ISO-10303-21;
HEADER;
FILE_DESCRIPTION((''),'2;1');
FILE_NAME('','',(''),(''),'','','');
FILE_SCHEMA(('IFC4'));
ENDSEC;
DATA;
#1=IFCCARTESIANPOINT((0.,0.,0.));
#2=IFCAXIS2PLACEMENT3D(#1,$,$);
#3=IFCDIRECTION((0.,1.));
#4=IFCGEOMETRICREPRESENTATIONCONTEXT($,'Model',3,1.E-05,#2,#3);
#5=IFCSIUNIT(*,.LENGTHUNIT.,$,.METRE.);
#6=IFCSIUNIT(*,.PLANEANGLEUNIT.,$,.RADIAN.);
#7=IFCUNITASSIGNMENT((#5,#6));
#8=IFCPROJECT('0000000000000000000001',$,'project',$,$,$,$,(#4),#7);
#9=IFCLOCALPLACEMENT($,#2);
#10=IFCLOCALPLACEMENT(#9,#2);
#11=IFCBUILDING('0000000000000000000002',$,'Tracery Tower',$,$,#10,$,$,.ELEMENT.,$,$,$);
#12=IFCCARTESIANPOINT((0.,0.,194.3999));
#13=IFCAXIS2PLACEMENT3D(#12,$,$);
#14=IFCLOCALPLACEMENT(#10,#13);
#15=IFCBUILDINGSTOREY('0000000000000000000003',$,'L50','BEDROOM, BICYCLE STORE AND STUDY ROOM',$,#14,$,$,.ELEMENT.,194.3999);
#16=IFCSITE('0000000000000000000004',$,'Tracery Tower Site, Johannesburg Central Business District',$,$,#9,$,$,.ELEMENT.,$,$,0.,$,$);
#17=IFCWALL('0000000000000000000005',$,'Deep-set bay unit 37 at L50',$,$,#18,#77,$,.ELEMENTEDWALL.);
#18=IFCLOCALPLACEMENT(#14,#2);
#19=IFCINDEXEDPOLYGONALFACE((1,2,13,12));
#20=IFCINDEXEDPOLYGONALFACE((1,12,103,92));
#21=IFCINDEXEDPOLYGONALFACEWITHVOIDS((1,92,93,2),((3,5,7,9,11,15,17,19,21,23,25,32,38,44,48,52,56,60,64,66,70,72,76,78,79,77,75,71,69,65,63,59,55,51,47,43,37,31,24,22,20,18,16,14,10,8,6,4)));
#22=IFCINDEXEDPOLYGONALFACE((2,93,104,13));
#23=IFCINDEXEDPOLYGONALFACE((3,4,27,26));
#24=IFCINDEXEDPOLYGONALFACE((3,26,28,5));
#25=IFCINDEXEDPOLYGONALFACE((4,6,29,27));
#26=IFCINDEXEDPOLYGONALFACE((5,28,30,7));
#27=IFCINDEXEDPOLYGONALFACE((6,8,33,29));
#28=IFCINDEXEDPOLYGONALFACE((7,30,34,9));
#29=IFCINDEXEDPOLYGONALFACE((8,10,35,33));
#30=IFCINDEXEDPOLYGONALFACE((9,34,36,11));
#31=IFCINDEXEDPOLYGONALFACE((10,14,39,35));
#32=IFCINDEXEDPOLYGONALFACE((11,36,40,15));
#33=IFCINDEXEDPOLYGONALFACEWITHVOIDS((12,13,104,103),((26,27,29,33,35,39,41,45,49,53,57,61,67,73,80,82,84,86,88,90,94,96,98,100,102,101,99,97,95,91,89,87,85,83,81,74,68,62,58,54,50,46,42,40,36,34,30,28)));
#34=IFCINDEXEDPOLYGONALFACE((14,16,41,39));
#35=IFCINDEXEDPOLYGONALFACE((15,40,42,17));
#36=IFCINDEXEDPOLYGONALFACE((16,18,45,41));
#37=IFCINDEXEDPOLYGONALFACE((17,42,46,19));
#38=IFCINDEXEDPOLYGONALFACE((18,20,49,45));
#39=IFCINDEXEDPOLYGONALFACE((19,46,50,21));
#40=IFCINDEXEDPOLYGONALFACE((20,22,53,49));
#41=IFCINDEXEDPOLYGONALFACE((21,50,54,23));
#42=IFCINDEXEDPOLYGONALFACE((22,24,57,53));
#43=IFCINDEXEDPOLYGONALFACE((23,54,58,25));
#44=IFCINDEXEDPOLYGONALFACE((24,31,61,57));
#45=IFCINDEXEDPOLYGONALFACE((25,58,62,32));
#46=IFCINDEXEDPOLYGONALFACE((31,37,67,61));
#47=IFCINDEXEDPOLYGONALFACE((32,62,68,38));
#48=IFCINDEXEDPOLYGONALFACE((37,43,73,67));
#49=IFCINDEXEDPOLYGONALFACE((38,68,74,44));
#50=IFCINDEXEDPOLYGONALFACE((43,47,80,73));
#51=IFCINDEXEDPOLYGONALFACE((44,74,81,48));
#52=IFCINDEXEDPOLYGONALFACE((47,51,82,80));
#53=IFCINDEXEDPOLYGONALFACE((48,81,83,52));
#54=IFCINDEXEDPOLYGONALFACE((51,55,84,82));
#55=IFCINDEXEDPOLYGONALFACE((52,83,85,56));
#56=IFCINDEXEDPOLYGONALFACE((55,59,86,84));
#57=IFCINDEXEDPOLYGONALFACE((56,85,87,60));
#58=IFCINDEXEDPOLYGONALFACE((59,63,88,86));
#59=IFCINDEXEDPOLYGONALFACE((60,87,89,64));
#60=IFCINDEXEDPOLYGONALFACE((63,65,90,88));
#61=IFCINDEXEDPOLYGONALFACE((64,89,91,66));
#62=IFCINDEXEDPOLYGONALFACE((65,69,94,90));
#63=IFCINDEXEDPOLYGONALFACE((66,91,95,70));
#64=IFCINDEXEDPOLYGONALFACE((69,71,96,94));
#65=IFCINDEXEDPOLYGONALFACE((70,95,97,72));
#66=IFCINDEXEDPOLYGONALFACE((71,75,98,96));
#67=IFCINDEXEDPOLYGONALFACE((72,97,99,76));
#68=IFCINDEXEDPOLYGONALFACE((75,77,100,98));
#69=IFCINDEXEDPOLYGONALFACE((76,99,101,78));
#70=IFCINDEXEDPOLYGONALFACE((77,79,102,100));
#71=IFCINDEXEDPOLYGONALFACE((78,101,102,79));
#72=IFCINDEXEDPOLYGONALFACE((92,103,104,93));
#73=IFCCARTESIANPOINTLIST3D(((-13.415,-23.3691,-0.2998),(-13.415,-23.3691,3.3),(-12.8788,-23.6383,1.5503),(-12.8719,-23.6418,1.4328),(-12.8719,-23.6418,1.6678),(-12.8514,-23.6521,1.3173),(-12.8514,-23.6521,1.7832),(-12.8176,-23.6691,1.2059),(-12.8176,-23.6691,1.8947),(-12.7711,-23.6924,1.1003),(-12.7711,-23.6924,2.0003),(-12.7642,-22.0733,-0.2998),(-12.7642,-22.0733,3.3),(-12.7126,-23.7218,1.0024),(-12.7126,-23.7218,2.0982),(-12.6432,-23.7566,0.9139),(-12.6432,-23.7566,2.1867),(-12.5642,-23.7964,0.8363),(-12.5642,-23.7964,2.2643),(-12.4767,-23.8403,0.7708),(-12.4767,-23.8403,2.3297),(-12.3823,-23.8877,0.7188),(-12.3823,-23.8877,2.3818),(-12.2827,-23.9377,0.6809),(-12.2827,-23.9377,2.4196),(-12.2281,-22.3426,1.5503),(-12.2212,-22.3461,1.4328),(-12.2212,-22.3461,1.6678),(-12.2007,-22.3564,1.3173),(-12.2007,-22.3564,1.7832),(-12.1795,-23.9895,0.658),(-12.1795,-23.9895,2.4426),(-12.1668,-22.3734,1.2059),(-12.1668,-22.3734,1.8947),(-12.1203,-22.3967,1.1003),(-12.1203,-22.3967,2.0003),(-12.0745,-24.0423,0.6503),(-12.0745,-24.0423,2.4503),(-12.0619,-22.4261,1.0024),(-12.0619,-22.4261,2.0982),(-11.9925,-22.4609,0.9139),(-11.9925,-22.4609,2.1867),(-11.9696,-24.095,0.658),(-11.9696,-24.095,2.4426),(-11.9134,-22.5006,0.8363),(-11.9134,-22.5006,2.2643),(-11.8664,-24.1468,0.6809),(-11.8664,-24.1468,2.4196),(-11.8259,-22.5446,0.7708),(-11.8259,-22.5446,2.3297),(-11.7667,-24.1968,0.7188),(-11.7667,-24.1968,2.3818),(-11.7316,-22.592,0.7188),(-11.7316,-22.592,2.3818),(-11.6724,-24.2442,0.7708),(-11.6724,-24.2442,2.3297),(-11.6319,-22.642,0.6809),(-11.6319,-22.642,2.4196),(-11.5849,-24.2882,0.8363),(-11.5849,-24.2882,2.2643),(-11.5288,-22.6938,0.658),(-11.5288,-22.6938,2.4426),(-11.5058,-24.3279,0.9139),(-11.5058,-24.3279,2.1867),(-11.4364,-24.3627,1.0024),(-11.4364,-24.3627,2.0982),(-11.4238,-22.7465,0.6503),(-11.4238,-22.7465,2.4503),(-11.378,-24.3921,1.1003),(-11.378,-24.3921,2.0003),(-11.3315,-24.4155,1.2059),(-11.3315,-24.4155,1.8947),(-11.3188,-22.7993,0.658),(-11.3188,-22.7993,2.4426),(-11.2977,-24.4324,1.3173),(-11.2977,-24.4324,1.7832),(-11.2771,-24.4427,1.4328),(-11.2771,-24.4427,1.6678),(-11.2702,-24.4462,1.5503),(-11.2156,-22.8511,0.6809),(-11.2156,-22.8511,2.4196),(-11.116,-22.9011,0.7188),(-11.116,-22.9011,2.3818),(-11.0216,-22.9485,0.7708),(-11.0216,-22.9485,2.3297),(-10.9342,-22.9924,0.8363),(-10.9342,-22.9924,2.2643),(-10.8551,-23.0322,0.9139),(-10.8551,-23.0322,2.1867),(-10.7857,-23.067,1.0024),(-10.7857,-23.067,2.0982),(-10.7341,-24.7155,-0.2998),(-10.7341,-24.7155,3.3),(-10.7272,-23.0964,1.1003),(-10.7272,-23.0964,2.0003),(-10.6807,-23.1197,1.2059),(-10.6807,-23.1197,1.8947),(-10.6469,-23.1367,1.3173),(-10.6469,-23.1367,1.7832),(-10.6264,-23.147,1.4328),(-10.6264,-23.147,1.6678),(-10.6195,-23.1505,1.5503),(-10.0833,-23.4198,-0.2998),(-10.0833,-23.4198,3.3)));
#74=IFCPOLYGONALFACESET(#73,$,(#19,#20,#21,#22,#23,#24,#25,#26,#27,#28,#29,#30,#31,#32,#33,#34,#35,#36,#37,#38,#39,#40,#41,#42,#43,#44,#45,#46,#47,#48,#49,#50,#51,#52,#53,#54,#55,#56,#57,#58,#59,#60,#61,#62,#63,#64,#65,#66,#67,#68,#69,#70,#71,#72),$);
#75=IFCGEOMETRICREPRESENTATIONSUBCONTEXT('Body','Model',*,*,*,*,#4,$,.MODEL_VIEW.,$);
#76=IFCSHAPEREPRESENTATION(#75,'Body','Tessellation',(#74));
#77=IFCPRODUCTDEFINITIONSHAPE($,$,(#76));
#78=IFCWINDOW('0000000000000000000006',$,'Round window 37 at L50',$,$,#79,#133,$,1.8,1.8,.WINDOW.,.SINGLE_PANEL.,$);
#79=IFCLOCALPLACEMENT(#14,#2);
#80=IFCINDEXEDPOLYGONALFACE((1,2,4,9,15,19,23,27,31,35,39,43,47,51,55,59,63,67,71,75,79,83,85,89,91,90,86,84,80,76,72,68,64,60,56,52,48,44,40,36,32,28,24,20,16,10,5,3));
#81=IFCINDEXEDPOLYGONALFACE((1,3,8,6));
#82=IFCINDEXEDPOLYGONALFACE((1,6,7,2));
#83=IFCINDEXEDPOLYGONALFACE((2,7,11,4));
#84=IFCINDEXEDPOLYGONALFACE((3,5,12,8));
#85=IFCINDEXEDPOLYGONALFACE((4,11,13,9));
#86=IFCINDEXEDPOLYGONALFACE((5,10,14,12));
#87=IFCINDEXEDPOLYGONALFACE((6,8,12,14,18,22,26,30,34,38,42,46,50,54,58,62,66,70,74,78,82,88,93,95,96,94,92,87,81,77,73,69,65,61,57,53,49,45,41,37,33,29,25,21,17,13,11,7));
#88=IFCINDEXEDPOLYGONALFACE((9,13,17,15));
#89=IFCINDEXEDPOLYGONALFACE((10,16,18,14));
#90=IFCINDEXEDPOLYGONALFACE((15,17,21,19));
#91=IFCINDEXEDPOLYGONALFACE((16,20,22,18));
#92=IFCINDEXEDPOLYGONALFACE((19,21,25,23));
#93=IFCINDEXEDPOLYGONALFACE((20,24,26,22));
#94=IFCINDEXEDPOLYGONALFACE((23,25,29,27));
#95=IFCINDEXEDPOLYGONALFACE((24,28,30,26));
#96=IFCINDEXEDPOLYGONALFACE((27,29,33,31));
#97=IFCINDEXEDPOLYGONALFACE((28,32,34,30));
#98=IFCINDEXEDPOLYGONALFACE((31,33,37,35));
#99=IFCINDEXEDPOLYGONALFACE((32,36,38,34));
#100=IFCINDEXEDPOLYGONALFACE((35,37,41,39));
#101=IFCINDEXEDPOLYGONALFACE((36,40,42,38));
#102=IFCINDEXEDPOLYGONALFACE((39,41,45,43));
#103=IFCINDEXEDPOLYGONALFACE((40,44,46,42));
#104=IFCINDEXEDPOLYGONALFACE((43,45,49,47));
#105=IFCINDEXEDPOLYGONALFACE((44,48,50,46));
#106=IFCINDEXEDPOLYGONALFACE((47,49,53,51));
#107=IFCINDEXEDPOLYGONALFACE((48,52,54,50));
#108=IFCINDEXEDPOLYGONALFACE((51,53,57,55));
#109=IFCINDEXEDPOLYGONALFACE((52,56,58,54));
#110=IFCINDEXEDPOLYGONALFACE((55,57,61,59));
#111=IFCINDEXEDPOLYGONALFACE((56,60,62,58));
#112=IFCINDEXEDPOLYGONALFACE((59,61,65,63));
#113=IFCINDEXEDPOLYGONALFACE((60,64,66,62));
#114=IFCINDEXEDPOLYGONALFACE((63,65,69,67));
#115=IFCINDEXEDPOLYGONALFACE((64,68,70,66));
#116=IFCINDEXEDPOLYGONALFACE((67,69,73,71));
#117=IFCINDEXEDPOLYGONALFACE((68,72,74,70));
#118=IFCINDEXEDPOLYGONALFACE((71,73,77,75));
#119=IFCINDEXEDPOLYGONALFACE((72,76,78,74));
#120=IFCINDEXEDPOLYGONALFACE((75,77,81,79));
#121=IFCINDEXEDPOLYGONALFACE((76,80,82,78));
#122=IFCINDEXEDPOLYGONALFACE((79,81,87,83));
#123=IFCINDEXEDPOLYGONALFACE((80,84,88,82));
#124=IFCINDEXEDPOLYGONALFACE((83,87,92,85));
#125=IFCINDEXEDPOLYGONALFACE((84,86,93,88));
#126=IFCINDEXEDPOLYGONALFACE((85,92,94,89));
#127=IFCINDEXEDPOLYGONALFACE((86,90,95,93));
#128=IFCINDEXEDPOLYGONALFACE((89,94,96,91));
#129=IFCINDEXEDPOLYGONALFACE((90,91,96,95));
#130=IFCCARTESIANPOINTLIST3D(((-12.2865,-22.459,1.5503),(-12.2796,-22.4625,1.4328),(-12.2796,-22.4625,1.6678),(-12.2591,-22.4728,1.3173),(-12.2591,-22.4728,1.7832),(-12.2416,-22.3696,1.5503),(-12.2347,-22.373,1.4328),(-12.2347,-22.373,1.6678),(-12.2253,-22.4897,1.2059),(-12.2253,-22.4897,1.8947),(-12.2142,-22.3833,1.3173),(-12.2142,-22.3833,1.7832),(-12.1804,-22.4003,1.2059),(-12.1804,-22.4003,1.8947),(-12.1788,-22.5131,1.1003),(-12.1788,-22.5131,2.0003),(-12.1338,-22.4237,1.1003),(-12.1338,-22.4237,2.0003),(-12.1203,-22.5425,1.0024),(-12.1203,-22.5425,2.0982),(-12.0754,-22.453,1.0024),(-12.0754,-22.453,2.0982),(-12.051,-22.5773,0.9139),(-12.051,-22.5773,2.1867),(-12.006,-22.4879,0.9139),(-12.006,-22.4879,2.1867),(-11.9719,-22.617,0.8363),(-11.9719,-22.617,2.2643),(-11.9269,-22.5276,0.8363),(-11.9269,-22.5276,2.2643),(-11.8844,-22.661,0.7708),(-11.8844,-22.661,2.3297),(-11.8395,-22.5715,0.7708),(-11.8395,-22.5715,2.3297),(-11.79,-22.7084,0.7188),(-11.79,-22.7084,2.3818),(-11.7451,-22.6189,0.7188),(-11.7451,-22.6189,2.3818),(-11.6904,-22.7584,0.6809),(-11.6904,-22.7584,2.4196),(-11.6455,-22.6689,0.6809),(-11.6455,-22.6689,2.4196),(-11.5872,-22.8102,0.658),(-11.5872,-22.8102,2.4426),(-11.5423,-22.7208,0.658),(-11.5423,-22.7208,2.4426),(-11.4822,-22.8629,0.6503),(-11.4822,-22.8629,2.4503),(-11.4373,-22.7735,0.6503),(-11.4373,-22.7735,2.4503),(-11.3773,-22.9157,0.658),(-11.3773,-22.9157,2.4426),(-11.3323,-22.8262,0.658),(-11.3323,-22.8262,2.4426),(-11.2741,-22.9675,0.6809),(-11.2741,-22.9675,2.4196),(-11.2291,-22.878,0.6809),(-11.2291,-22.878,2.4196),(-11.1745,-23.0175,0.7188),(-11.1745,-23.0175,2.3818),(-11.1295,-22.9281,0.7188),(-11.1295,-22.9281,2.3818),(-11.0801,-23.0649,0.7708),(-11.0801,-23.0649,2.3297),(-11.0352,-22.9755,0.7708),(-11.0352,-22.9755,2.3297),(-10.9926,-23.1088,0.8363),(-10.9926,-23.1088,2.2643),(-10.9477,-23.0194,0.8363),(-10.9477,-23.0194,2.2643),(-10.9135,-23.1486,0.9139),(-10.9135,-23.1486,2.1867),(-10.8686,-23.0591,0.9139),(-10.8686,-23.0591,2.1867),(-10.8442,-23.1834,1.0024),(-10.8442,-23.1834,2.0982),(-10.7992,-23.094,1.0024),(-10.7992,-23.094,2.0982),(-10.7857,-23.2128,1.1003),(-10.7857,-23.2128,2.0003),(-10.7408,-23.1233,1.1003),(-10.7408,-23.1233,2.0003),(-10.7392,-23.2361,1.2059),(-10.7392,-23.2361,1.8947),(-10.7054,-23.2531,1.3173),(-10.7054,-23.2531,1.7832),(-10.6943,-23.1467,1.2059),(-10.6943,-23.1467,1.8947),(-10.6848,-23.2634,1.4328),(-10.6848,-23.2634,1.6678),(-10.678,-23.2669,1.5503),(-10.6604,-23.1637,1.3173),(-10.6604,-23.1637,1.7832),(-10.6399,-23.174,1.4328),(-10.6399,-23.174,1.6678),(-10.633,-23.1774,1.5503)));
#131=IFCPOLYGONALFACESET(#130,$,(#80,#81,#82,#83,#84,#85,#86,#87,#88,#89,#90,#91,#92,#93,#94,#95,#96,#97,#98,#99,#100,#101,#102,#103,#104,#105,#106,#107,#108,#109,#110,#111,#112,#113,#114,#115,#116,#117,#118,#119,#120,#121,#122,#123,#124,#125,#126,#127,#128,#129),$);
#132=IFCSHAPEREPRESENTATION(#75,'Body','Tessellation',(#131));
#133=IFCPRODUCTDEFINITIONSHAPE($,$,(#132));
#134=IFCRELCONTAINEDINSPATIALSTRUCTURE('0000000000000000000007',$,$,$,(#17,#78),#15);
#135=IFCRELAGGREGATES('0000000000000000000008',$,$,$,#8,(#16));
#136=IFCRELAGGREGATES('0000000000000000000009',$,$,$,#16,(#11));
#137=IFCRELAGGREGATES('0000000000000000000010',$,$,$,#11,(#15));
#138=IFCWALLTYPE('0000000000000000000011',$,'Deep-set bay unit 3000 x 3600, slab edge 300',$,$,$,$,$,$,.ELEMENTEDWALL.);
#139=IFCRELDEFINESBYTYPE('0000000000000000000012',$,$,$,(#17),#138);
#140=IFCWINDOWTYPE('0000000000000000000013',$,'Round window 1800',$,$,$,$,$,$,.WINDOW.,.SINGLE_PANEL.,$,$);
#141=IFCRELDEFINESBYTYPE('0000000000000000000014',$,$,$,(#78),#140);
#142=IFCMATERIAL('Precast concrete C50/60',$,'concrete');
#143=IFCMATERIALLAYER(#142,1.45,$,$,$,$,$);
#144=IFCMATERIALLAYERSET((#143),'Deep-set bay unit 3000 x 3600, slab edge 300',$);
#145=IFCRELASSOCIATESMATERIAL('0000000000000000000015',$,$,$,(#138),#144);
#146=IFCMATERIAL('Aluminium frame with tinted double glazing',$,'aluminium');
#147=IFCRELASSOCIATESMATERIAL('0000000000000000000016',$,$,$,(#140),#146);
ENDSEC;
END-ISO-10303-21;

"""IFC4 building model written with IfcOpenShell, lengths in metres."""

from ifc_helpers import new_model, si_unit, direction, frame, frame_2d, origin, origin_2d, place, context, subcontext, project, spatial, rectangle, circle, extrude, material, layer, layer_set, type_object, element, fill, save


model = new_model("IFC4")

# Units and contexts
model_context = context("Model", 3, precision=1e-05, world=origin(), true_north=direction((0.0, 1.0)))
body_context = subcontext(model_context, "Body", "Model", "MODEL_VIEW")
ifc_project = project(units=[si_unit("LENGTHUNIT", "METRE"), si_unit("PLANEANGLEUNIT", "RADIAN")], contexts=[model_context])

# Site, building, storey
site_placement = place(None, origin())
site = spatial("IfcSite", under=ifc_project, at=site_placement, Name="Tracery Tower Site, Johannesburg Central Business District", CompositionType="ELEMENT", RefElevation=0.0)
building_placement = place(site_placement, origin())
building = spatial("IfcBuilding", under=site, at=building_placement, Name="Tracery Tower", CompositionType="ELEMENT")
storey_placement = place(building_placement, frame((0.0, 0.0, 194.3999)))
storey = spatial("IfcBuildingStorey", under=building, at=storey_placement, Name="L50", Description="BEDROOM, BICYCLE STORE AND STUDY ROOM", CompositionType="ELEMENT", Elevation=194.3999)

# Wall, opening, window
ifc_material_1 = material(Name="Precast concrete C50/60", Category="concrete")
ifc_layer_1 = layer(ifc_material_1, 1.45)
ifc_layer_set_1 = layer_set([ifc_layer_1], Name="Deep-set bay unit 3000 x 3600, slab edge 300")
wall_type_1 = type_object("IfcWallType", Name="Deep-set bay unit 3000 x 3600, slab edge 300", PredefinedType="ELEMENTEDWALL", material=ifc_layer_set_1)
ifc_material_2 = material(Name="Aluminium frame with tinted double glazing", Category="aluminium")
window_type = type_object("IfcWindowType", Name="Round window 1800", PartitioningType="SINGLE_PANEL", PredefinedType="WINDOW", material=ifc_material_2)
wall_1_placement = place(storey_placement, frame((-13.0896, -22.7212, -0.2998), z_axis=(0.0, 0.0, 1.0), x_axis=(0.893628, -0.448808, 0.0)))
wall_1 = element("IfcWall", 1, at=wall_1_placement, inside=storey, type_object=wall_type_1, Name="Deep-set bay unit 37 at L50", PredefinedType="ELEMENTEDWALL", context=body_context, shape_type="SweptSolid", body=[
    extrude(rectangle(XDim=3.0, YDim=1.45, at=frame_2d((1.5, 0.0))), origin(), (0.0, 0.0, 1.0), 3.5999),
])
opening_1_placement = place(wall_1_placement, frame((1.5, 0.0, 1.8501)))
opening_1 = element("IfcOpeningElement", 2, at=opening_1_placement, cuts=wall_1, PredefinedType="OPENING", context=body_context, shape_type="SweptSolid", body=[
    extrude(circle(Radius=0.9, at=origin_2d()), frame((0.0, 0.7349, 0.0), z_axis=(0.0, -1.0, 0.0), x_axis=(1.0, 0.0, 0.0)), (0.0, 0.0, 1.0), 1.47),
])
window_1_placement = place(opening_1_placement, origin())
window_1 = element("IfcWindow", 3, at=window_1_placement, inside=storey, type_object=window_type, Name="Round window 37 at L50", OverallHeight=1.8, OverallWidth=1.8, PartitioningType="SINGLE_PANEL", PredefinedType="WINDOW", context=body_context, shape_type="SweptSolid", body=[
    extrude(circle(Radius=0.9, at=origin_2d()), frame((0.0, 0.6948, 0.0), z_axis=(0.0, -1.0, 0.0), x_axis=(1.0, 0.0, 0.0)), (0.0, 0.0, 1.0), 0.1001),
])
fill(opening_1, window_1)

save(model, "model.ifc")
